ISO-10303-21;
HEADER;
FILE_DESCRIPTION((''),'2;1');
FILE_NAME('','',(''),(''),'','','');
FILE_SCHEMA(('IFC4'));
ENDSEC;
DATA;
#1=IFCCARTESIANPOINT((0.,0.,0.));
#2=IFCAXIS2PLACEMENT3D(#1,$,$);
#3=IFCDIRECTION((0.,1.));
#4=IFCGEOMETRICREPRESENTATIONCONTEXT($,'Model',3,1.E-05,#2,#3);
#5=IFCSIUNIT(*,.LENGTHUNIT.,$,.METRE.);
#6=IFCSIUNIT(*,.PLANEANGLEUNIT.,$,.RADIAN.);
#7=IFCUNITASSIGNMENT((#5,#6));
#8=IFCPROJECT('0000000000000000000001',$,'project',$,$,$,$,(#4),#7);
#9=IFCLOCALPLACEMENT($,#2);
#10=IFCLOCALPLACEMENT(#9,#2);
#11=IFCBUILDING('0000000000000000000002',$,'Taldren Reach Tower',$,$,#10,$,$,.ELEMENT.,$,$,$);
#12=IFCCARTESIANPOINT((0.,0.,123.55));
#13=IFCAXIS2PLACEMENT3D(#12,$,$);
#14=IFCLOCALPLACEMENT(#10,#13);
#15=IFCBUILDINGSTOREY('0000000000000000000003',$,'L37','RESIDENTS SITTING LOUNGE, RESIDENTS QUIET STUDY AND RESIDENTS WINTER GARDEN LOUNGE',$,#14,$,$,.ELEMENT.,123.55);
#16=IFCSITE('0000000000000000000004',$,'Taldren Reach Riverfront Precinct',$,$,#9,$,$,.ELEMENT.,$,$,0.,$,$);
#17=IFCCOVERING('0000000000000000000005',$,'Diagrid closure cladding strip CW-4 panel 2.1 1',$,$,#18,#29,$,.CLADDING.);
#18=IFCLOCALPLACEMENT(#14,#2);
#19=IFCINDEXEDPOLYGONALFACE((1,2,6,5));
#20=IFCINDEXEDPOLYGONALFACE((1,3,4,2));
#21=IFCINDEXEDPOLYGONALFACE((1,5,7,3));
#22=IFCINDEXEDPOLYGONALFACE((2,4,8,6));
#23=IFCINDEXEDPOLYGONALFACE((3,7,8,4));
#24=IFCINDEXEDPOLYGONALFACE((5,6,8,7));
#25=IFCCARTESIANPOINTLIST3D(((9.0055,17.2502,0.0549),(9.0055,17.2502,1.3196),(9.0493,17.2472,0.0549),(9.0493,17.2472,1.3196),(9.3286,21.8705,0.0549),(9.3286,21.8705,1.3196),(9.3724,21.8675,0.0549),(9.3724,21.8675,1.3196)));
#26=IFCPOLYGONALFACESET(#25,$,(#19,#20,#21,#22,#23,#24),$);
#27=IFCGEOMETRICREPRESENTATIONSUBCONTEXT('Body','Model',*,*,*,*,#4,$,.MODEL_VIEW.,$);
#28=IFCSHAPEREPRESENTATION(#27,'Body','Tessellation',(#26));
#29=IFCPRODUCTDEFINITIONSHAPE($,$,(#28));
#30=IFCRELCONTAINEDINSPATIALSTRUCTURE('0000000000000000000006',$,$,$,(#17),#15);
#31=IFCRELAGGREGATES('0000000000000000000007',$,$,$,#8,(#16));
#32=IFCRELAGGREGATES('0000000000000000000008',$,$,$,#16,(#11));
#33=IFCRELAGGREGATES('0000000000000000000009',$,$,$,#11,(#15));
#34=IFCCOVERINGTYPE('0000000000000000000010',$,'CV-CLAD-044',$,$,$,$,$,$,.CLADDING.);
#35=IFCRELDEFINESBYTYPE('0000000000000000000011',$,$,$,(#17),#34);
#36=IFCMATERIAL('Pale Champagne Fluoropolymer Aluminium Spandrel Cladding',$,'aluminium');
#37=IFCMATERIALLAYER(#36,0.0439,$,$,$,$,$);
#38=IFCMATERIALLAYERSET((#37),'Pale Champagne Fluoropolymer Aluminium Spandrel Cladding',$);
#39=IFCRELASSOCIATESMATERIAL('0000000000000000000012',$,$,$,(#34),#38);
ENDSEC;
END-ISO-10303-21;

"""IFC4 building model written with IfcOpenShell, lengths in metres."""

from ifc_helpers import new_model, si_unit, direction, frame, origin, origin_2d, place, context, subcontext, project, spatial, rectangle, extrude, source, transform, mapped, material, layer, layer_set, type_object, element, save


model = new_model("IFC4")

# Units and contexts
model_context = context("Model", 3, precision=1e-05, world=origin(), true_north=direction((0.0, 1.0)))
body_context = subcontext(model_context, "Body", "Model", "MODEL_VIEW")
ifc_project = project(units=[si_unit("LENGTHUNIT", "METRE"), si_unit("PLANEANGLEUNIT", "RADIAN")], contexts=[model_context])

# Site, building, storey
site_placement = place(None, origin())
site = spatial("IfcSite", under=ifc_project, at=site_placement, Name="Taldren Reach Riverfront Precinct", CompositionType="ELEMENT", RefElevation=0.0)
building_placement = place(site_placement, origin())
building = spatial("IfcBuilding", under=site, at=building_placement, Name="Taldren Reach Tower", CompositionType="ELEMENT")
storey_placement = place(building_placement, frame((0.0, 0.0, 123.55)))
storey = spatial("IfcBuildingStorey", under=building, at=storey_placement, Name="L37", Description="RESIDENTS SITTING LOUNGE, RESIDENTS QUIET STUDY AND RESIDENTS WINTER GARDEN LOUNGE", CompositionType="ELEMENT", Elevation=123.55)

# Covering
ifc_material_1 = material(Name="Pale Champagne Fluoropolymer Aluminium Spandrel Cladding", Category="aluminium")
ifc_layer_1 = layer(ifc_material_1, 0.0439)
ifc_layer_set_1 = layer_set([ifc_layer_1], Name="Pale Champagne Fluoropolymer Aluminium Spandrel Cladding")
covering_type = type_object("IfcCoveringType", Name="CV-CLAD-044", PredefinedType="CLADDING", material=ifc_layer_set_1)
shared_shape_1 = source(origin(), body_context, "Body", "SweptSolid", [
    extrude(rectangle(XDim=4.6316, YDim=0.0439, at=origin_2d()), origin(), (0.0, 0.0, 1.0), 1.2646),
])
covering_1_placement = place(storey_placement, frame((9.189, 19.5588, 0.0549), z_axis=(0.0, 0.0, 1.0), x_axis=(-0.069756, -0.997564, 0.0)))
element("IfcCovering", 1, at=covering_1_placement, inside=storey, type_object=covering_type, Name="Diagrid closure cladding strip CW-4 panel 2.1 1", PredefinedType="CLADDING", context=body_context, shape_type="MappedRepresentation", body=[
    mapped(shared_shape_1, transform((0.0, 0.0, 0.0), scale=1.0)),
])

save(model, "model.ifc")
